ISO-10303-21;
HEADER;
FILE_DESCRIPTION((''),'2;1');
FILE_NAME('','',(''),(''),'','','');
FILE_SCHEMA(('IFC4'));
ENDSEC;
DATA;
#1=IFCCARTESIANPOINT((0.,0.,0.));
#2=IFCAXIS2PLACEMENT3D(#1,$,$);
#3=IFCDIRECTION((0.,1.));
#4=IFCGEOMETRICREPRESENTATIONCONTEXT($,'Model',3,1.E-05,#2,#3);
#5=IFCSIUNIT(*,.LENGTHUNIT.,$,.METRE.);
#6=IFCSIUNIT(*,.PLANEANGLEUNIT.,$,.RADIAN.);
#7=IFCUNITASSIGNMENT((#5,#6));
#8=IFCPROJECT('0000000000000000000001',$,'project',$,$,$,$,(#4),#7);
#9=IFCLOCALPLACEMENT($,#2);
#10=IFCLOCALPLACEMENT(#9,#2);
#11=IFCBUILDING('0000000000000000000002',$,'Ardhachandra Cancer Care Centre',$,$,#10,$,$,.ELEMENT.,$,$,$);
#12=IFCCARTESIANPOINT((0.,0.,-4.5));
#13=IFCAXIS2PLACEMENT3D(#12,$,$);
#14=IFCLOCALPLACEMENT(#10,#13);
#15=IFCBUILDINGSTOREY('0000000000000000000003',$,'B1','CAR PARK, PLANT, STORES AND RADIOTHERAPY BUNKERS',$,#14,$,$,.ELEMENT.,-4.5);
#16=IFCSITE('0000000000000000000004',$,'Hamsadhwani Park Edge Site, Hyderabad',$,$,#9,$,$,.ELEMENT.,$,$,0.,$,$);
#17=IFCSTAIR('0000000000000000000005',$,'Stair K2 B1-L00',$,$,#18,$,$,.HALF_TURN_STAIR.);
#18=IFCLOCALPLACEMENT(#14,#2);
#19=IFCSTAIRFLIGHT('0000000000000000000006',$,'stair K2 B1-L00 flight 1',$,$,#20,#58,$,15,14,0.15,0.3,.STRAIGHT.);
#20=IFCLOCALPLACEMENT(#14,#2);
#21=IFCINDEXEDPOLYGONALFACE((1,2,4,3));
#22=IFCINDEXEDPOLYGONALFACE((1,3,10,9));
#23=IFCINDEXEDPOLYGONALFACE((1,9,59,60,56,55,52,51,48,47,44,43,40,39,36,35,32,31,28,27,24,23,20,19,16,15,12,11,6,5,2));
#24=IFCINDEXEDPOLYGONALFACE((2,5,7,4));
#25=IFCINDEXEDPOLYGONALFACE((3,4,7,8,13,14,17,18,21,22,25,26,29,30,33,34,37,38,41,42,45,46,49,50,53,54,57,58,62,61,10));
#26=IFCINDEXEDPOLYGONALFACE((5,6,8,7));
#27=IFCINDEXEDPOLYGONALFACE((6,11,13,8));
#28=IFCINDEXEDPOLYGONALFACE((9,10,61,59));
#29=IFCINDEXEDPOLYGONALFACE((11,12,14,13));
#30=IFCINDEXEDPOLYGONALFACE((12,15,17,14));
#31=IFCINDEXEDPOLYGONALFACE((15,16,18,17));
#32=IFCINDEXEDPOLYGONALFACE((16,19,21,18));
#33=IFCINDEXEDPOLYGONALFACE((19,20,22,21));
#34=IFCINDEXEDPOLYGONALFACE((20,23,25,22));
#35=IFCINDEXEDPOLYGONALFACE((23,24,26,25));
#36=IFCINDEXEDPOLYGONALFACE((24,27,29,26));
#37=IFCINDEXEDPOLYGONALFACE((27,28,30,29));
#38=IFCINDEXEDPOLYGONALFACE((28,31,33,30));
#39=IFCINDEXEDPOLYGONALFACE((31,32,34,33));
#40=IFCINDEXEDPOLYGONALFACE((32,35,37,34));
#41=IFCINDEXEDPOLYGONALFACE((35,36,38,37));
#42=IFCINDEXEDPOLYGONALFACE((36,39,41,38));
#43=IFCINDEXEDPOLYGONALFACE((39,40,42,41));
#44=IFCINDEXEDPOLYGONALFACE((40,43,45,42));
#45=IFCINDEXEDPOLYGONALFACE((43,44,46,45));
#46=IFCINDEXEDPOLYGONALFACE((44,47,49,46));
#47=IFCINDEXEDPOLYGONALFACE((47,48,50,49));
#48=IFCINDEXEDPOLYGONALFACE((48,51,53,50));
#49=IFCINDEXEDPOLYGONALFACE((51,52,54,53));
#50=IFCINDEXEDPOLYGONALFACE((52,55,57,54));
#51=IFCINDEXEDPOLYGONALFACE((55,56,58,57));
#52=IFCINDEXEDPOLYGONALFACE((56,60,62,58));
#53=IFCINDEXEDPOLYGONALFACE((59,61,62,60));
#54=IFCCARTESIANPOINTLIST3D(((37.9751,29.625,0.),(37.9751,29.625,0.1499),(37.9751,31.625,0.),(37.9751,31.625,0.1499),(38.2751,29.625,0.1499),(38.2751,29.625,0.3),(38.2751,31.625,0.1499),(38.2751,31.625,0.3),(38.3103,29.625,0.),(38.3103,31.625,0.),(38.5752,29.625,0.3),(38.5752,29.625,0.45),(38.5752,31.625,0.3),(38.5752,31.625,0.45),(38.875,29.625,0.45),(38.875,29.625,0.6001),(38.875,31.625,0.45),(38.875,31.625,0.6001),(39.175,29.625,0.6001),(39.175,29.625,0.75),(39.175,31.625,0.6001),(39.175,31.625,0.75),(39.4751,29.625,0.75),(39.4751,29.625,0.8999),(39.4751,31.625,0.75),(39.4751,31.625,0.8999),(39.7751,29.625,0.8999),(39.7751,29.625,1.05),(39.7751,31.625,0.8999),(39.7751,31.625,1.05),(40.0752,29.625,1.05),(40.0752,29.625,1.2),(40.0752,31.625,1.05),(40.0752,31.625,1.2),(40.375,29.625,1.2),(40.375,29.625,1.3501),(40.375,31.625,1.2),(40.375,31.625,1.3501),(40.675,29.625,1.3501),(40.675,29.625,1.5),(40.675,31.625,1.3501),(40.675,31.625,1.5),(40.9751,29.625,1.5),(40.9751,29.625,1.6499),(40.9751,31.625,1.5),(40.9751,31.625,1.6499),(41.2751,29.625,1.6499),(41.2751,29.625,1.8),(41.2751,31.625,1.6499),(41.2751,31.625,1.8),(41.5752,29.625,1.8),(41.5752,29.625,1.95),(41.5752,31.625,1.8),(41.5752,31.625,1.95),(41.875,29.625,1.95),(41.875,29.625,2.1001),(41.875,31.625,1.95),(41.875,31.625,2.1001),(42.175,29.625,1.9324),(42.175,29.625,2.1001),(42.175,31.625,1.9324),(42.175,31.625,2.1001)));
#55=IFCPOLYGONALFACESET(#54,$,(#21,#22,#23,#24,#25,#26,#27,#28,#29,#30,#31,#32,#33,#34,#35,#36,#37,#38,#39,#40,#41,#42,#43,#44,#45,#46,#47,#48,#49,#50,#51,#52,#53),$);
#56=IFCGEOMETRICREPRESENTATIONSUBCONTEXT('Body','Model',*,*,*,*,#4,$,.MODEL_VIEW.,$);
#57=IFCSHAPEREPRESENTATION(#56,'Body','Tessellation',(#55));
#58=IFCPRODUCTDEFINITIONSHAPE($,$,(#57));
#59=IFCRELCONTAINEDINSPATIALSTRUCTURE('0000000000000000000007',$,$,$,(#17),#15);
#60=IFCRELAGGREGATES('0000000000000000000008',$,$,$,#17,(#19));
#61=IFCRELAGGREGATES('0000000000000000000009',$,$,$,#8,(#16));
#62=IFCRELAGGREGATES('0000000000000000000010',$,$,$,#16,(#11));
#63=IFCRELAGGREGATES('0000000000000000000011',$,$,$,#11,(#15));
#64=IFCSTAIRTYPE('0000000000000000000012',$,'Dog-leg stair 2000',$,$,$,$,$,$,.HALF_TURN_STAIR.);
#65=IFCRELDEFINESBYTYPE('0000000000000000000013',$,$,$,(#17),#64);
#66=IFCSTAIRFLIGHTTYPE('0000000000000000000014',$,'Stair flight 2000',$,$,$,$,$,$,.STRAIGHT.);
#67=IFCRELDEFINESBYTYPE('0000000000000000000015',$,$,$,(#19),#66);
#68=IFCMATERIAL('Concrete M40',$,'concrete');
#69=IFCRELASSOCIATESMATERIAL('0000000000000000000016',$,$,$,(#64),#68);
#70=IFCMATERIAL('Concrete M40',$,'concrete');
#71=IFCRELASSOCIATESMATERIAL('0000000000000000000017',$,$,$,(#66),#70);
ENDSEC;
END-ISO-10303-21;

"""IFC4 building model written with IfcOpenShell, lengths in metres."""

from ifc_helpers import new_model, si_unit, direction, frame, origin, place, context, subcontext, project, spatial, polyline, outline, extrude, material, type_object, element, aggregate, save


model = new_model("IFC4")

# Units and contexts
model_context = context("Model", 3, precision=1e-05, world=origin(), true_north=direction((0.0, 1.0)))
body_context = subcontext(model_context, "Body", "Model", "MODEL_VIEW")
ifc_project = project(units=[si_unit("LENGTHUNIT", "METRE"), si_unit("PLANEANGLEUNIT", "RADIAN")], contexts=[model_context])

# Site, building, storey
site_placement = place(None, origin())
site = spatial("IfcSite", under=ifc_project, at=site_placement, Name="Hamsadhwani Park Edge Site, Hyderabad", CompositionType="ELEMENT", RefElevation=0.0)
building_placement = place(site_placement, origin())
building = spatial("IfcBuilding", under=site, at=building_placement, Name="Ardhachandra Cancer Care Centre", CompositionType="ELEMENT")
storey_placement = place(building_placement, frame((0.0, 0.0, -4.5)))
storey = spatial("IfcBuildingStorey", under=building, at=storey_placement, Name="B1", Description="CAR PARK, PLANT, STORES AND RADIOTHERAPY BUNKERS", CompositionType="ELEMENT", Elevation=-4.5)

# Stair, stair flight
ifc_material_1 = material(Name="Concrete M40", Category="concrete")
stair_type = type_object("IfcStairType", Name="Dog-leg stair 2000", PredefinedType="HALF_TURN_STAIR", material=ifc_material_1)
stair_placement = place(storey_placement, origin())
stair = element("IfcStair", 1, at=stair_placement, inside=storey, type_object=stair_type, Name="Stair K2 B1-L00", PredefinedType="HALF_TURN_STAIR")
ifc_material_2 = material(Name="Concrete M40", Category="concrete")
stair_flight_type = type_object("IfcStairFlightType", Name="Stair flight 2000", PredefinedType="STRAIGHT", material=ifc_material_2)
stair_flight_placement = place(storey_placement, frame((37.9751, 30.625, 0.0), z_axis=(0.0, 0.0, 1.0), x_axis=(1.0, 0.0, 0.0)))
stair_flight = element("IfcStairFlight", 2, at=stair_flight_placement, type_object=stair_flight_type, Name="stair K2 B1-L00 flight 1", NumberOfRisers=15, NumberOfTreads=14, PredefinedType="STRAIGHT", RiserHeight=0.15, TreadLength=0.3, context=body_context, shape_type="SweptSolid", body=[
    extrude(outline(polyline([(0.0, 0.0), (0.0, 0.1499), (0.3, 0.1499), (0.3, 0.3), (0.6001, 0.3), (0.6001, 0.45), (0.8999, 0.45), (0.8999, 0.6001), (1.2, 0.6001), (1.2, 0.75), (1.5, 0.75), (1.5, 0.8999), (1.8, 0.8999), (1.8, 1.05), (2.1001, 1.05), (2.1001, 1.2), (2.3999, 1.2), (2.3999, 1.3501), (2.7, 1.3501), (2.7, 1.5), (3.0, 1.5), (3.0, 1.6499), (3.3, 1.6499), (3.3, 1.8), (3.6001, 1.8), (3.6001, 1.95), (3.8999, 1.95), (3.8999, 2.1001), (4.2, 2.1001), (4.2, 2.25), (4.2, 1.9324), (0.3352, 0.0), (0.0, 0.0)])), frame((0.0, 1.0, 0.0), z_axis=(0.0, -1.0, 0.0), x_axis=(1.0, 0.0, 0.0)), (0.0, 0.0, 1.0), 2.0),
])
aggregate(stair, [stair_flight])

save(model, "model.ifc")
